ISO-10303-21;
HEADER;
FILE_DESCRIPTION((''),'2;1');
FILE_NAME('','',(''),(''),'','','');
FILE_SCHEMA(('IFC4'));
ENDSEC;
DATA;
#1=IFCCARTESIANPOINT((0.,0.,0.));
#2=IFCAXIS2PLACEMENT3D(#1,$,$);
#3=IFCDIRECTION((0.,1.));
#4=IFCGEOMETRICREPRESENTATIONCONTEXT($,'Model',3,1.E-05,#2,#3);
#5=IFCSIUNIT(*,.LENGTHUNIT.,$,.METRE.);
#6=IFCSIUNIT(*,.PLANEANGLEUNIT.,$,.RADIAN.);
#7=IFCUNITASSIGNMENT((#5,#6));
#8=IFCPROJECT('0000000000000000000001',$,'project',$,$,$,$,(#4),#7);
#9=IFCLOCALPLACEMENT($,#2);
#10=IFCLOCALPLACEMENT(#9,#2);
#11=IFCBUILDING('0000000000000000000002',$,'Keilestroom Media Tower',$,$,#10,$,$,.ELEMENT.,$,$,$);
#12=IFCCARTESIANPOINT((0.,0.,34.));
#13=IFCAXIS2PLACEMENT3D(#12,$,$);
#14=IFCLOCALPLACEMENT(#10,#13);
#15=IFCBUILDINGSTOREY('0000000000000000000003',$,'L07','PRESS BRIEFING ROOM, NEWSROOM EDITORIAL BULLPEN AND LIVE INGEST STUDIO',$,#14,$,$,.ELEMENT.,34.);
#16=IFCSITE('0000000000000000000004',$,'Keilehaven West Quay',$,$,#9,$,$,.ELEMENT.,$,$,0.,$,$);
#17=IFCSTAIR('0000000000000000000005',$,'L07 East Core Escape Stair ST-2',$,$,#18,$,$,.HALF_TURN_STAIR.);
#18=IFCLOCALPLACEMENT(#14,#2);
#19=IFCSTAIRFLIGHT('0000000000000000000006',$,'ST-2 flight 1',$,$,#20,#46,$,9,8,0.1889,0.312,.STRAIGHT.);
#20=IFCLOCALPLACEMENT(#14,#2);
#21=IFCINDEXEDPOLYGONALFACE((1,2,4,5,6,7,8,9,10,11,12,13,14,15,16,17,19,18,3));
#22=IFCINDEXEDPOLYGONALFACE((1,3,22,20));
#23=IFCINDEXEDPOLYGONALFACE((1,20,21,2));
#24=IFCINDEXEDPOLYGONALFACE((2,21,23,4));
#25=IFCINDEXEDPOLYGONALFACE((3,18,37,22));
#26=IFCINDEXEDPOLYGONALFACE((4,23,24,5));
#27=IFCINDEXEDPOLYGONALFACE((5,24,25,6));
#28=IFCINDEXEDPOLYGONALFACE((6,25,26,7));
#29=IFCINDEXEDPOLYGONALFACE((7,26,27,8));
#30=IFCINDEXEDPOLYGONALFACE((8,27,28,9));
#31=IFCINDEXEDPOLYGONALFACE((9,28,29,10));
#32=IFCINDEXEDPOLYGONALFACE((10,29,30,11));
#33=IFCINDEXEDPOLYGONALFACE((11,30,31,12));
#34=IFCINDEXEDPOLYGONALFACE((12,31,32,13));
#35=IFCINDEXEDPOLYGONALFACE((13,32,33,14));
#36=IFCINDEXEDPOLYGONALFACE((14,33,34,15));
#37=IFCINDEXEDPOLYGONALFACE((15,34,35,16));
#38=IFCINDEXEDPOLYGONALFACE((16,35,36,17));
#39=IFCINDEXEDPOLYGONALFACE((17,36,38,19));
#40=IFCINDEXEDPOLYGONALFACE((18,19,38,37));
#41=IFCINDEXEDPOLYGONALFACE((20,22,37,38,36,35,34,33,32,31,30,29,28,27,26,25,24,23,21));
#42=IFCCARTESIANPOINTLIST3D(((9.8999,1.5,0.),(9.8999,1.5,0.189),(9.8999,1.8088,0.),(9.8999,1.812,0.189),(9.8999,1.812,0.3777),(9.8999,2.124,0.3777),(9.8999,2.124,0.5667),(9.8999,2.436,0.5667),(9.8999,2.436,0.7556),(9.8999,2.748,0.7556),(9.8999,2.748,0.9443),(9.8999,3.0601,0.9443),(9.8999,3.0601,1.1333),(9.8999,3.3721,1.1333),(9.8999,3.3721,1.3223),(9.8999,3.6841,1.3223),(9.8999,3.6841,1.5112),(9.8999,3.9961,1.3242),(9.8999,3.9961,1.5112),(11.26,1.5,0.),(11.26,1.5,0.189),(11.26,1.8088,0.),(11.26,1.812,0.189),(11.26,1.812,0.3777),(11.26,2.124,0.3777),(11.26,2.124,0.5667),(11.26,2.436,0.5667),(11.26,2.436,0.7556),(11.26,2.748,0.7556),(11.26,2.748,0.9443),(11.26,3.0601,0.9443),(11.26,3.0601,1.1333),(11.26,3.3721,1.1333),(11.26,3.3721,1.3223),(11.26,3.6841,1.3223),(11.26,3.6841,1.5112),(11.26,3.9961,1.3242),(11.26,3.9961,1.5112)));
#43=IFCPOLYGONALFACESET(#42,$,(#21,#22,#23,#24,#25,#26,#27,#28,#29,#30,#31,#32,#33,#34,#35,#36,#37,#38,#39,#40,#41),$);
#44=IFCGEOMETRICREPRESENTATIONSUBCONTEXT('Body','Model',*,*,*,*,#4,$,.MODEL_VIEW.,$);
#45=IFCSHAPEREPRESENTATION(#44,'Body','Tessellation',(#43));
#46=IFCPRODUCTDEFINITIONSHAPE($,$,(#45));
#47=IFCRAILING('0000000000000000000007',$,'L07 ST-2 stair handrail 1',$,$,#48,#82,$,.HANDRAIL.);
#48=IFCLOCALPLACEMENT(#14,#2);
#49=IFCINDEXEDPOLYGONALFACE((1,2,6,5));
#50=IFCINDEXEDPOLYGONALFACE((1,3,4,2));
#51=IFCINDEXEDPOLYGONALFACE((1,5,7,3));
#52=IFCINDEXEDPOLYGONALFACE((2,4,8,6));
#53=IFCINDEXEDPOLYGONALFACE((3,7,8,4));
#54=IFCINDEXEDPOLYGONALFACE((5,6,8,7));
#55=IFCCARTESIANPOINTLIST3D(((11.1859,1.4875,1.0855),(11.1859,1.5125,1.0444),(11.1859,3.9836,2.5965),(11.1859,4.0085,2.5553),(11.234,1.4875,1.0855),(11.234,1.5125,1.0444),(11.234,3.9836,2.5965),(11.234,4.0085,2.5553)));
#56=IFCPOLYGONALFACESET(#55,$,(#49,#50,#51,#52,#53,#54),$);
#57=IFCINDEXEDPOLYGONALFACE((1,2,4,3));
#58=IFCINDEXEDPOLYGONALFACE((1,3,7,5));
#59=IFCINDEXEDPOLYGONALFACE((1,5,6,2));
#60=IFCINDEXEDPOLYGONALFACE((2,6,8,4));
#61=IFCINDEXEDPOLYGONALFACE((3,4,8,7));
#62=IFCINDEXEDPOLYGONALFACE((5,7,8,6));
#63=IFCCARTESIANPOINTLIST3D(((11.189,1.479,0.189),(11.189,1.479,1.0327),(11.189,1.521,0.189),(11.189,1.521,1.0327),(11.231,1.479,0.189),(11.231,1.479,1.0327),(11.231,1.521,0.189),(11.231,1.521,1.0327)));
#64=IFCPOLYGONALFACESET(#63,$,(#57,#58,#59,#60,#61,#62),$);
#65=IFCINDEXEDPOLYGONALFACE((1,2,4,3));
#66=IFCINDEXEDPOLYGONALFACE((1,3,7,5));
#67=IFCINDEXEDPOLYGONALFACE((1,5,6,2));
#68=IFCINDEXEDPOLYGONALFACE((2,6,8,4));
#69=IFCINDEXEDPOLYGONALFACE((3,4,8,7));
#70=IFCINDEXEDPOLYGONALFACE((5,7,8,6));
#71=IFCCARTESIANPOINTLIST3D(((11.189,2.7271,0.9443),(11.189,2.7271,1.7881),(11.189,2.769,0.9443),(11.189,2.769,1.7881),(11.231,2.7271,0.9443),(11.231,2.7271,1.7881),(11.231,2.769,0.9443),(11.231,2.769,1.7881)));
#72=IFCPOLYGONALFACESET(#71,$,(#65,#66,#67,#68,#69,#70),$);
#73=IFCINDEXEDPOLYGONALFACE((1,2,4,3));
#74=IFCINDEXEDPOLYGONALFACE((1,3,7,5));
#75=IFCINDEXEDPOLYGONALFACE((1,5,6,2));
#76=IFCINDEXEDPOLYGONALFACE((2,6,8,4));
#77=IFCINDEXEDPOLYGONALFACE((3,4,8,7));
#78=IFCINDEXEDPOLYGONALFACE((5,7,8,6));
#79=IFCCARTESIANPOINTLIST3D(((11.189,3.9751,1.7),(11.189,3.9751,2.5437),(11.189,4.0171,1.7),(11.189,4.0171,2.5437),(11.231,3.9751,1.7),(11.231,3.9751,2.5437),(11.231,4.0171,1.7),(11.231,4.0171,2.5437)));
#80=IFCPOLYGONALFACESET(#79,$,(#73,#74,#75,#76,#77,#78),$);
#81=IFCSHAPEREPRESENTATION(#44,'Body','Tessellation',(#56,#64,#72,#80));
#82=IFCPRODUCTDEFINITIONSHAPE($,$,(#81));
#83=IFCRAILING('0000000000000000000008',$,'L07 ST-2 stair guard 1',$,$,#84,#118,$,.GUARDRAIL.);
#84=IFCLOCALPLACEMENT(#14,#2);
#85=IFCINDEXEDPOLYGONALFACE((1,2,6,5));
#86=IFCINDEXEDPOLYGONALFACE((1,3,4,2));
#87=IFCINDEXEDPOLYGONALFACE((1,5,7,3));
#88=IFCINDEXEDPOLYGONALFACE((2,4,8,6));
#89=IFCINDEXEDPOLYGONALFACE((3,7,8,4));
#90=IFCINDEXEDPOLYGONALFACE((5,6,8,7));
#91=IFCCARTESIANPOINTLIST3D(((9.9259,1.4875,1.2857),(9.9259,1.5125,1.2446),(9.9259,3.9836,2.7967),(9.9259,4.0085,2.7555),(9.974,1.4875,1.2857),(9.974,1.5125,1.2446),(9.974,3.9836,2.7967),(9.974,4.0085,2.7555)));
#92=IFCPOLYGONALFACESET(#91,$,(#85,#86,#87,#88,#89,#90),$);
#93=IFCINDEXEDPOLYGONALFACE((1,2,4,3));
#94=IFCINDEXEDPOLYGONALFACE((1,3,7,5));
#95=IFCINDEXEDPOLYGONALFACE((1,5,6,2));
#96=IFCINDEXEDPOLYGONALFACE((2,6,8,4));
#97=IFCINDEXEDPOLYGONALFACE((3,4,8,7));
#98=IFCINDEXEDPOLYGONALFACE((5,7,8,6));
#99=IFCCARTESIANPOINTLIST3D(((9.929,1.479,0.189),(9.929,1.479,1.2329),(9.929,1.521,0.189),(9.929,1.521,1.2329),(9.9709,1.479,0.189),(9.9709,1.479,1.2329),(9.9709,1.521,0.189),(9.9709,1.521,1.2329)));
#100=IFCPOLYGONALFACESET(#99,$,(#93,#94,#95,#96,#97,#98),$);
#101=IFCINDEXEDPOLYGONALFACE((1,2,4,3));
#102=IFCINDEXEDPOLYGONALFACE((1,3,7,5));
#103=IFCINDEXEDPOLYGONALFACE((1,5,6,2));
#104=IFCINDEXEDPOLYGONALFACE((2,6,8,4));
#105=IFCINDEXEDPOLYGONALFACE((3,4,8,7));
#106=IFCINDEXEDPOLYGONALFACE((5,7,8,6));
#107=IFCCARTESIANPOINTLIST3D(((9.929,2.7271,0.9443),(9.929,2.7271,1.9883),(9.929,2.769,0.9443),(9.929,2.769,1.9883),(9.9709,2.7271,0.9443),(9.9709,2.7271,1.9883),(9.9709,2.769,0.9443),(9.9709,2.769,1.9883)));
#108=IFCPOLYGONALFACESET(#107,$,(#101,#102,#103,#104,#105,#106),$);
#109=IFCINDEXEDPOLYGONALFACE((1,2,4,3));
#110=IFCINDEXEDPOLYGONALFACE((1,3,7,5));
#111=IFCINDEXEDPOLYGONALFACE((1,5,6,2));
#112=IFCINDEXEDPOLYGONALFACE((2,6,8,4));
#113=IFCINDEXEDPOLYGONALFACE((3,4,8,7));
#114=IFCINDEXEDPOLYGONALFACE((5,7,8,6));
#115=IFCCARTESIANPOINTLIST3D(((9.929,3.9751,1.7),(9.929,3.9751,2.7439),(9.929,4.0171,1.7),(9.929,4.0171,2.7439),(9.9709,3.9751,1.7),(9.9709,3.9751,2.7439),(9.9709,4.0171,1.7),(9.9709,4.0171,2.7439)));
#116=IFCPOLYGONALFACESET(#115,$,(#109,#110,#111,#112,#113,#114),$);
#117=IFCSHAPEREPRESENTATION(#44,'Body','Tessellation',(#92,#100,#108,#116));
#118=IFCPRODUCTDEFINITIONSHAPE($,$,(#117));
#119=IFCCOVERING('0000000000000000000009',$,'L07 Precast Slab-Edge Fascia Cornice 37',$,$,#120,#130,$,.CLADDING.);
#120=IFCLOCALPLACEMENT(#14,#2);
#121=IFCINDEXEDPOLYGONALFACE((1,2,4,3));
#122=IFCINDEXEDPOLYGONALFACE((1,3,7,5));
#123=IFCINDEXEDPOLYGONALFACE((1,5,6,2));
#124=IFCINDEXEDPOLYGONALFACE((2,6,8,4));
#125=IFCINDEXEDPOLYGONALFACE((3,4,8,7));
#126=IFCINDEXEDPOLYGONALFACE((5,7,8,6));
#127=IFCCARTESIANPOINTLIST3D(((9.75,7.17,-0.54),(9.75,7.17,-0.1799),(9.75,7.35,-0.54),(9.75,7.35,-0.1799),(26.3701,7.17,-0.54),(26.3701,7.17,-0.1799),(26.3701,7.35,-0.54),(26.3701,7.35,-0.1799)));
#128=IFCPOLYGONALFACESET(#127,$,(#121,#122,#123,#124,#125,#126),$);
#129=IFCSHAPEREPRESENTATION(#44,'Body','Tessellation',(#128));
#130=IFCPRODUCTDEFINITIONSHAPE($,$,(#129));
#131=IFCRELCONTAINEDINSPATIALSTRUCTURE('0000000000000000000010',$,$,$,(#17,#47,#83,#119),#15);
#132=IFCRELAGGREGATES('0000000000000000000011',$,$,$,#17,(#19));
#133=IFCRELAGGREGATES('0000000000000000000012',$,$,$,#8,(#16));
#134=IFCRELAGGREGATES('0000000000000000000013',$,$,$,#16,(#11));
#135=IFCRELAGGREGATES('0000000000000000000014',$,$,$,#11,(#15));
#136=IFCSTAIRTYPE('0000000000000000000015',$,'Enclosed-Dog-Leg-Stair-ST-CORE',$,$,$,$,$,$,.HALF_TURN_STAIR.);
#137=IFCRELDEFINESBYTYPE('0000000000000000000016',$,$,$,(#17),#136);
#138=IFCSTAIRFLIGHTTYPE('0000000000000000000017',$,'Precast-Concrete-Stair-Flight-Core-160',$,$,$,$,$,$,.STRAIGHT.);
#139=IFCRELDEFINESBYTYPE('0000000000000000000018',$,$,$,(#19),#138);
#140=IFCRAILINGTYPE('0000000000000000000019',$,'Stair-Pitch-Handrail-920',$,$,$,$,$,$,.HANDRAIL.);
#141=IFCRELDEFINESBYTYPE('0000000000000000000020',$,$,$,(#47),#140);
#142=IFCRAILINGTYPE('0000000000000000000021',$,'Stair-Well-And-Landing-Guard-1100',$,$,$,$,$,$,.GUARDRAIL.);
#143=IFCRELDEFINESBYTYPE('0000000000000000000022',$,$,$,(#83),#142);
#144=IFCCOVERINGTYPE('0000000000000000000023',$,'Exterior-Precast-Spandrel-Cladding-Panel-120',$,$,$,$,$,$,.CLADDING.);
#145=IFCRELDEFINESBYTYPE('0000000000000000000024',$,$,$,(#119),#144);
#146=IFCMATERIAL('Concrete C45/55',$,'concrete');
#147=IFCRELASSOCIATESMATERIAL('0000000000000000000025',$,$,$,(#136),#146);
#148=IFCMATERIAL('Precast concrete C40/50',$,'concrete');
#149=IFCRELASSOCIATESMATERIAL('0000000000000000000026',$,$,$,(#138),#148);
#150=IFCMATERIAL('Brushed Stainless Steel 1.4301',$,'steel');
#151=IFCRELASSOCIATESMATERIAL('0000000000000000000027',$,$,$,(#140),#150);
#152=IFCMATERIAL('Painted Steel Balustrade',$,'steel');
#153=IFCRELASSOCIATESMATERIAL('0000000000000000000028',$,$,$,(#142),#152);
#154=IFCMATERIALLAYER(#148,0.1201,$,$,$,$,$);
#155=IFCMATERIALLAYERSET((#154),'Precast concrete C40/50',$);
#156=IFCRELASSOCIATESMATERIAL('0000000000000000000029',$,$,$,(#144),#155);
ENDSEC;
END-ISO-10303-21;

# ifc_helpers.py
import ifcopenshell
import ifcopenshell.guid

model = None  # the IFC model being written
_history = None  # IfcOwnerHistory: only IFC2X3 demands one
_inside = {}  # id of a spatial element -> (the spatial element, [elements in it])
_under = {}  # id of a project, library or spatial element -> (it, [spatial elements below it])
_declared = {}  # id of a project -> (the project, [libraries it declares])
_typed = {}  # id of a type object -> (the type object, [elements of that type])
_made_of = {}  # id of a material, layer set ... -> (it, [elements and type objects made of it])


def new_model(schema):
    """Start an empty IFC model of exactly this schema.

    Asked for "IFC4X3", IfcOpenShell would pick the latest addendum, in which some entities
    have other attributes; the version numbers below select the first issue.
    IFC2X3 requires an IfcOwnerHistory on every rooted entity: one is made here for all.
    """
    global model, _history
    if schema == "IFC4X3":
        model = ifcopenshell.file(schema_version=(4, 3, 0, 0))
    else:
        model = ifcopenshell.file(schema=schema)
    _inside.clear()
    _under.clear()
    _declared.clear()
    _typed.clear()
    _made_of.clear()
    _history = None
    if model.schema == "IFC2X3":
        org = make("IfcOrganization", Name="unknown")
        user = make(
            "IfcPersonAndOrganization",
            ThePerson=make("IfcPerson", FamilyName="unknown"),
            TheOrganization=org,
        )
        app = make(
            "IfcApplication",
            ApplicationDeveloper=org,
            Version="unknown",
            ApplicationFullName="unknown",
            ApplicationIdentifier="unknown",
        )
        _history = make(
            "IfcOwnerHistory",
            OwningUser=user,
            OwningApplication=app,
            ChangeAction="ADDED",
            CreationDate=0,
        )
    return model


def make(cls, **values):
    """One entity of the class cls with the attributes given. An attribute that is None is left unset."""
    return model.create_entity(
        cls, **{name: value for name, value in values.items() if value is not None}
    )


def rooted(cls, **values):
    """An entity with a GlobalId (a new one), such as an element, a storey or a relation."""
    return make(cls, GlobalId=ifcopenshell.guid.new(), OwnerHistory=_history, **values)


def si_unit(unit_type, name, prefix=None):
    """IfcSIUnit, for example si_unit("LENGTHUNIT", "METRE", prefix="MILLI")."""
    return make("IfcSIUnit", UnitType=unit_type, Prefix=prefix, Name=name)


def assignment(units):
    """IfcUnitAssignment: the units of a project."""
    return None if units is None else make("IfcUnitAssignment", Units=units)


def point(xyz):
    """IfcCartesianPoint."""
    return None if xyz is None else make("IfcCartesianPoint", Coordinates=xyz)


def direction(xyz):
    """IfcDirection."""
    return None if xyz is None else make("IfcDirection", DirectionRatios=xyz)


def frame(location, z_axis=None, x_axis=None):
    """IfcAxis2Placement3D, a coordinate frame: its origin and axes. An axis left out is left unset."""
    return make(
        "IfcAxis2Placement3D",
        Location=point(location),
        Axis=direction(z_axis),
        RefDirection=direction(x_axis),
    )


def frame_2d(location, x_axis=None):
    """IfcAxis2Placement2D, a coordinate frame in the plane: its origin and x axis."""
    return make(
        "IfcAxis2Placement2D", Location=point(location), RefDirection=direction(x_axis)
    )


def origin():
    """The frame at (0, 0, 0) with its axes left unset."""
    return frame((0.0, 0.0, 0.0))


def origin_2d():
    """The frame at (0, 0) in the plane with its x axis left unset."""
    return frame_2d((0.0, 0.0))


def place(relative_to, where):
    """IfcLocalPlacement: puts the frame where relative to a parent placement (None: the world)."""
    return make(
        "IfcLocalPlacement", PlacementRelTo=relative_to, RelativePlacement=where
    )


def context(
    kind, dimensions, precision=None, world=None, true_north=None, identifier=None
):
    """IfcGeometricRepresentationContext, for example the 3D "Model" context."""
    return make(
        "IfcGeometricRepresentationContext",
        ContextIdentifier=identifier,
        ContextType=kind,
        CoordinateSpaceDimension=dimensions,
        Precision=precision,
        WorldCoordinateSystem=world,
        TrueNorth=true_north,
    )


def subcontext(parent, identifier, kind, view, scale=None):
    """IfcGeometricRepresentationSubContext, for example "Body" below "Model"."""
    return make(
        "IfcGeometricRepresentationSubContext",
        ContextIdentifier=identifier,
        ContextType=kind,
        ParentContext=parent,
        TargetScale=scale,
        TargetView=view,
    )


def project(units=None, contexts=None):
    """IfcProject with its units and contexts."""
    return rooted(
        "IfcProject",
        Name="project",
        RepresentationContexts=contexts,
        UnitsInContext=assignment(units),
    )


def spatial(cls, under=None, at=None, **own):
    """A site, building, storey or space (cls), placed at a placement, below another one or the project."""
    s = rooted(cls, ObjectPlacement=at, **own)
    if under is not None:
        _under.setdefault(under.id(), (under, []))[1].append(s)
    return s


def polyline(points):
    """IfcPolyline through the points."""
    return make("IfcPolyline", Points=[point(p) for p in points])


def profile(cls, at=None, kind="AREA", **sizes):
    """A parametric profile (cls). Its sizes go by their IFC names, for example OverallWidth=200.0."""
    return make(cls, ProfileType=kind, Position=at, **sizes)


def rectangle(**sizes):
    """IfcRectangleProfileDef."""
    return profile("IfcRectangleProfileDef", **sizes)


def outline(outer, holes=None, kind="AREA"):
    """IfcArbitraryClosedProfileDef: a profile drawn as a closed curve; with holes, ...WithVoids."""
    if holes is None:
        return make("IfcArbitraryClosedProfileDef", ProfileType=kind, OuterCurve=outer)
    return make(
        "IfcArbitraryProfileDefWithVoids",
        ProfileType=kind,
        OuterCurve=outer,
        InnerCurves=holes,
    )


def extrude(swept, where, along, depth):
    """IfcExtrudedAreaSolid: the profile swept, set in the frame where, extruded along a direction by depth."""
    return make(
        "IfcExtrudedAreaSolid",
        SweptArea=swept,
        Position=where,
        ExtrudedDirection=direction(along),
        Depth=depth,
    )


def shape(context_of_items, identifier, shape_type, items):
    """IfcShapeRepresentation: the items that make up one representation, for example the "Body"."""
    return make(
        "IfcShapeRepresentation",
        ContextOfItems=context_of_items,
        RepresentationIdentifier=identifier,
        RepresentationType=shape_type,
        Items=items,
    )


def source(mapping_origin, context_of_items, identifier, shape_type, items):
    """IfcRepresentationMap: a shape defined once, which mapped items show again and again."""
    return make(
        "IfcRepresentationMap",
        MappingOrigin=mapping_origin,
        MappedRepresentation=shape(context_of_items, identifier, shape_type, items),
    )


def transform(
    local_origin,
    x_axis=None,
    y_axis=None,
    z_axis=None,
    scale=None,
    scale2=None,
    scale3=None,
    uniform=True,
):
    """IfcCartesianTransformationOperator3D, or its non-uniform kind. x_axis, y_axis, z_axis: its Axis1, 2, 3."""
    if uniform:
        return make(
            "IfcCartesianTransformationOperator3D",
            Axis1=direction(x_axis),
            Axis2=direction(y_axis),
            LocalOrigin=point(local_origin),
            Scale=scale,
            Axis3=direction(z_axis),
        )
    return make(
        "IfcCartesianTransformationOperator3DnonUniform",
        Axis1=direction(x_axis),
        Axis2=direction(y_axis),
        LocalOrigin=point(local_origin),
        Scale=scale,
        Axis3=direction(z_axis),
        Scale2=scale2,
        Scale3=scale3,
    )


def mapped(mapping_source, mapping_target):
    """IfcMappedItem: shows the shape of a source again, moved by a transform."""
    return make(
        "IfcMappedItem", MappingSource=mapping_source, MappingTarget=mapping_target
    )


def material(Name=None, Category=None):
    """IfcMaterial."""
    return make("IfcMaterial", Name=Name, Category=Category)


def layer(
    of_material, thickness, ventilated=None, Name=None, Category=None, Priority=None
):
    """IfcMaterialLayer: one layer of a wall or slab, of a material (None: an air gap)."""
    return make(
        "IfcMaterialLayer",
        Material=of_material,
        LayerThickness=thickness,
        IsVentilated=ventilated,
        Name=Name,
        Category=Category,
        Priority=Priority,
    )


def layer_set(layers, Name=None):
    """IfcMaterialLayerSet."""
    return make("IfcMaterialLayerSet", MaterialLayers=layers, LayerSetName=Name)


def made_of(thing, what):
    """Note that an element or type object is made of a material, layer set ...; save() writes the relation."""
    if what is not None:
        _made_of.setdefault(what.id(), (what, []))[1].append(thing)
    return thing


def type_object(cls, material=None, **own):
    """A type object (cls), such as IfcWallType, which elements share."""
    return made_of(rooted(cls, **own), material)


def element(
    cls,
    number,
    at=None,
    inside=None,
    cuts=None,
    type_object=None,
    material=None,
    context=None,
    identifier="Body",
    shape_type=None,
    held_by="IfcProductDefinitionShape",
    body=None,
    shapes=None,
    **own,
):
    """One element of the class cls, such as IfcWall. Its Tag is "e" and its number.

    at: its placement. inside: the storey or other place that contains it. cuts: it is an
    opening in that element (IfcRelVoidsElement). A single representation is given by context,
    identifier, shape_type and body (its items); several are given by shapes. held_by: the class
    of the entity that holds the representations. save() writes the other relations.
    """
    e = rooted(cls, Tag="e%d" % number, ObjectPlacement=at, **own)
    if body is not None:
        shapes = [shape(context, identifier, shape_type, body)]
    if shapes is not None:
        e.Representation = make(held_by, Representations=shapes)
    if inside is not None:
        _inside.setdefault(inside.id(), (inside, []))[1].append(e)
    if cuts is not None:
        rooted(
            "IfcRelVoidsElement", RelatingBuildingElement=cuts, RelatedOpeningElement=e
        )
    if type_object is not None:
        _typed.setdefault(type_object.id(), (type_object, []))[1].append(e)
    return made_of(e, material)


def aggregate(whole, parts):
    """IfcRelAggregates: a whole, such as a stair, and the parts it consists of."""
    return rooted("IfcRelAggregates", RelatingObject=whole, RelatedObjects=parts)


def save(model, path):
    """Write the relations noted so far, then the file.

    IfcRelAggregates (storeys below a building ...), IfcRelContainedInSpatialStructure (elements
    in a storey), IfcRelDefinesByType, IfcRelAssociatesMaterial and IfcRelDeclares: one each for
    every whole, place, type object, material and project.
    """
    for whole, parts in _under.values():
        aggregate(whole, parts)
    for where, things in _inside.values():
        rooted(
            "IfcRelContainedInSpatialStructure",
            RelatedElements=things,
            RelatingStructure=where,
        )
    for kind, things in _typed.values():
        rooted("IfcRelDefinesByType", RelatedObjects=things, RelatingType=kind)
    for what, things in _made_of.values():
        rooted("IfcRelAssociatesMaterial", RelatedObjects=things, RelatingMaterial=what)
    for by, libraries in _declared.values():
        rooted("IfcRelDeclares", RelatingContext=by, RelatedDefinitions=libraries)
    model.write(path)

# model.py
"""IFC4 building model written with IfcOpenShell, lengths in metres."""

from ifc_helpers import new_model, si_unit, direction, frame, origin, origin_2d, place, context, subcontext, project, spatial, polyline, rectangle, outline, extrude, source, transform, mapped, material, layer, layer_set, type_object, element, aggregate, save


model = new_model("IFC4")

# Units and contexts
model_context = context("Model", 3, precision=1e-05, world=origin(), true_north=direction((0.0, 1.0)))
body_context = subcontext(model_context, "Body", "Model", "MODEL_VIEW")
ifc_project = project(units=[si_unit("LENGTHUNIT", "METRE"), si_unit("PLANEANGLEUNIT", "RADIAN")], contexts=[model_context])

# Site, building, storey
site_placement = place(None, origin())
site = spatial("IfcSite", under=ifc_project, at=site_placement, Name="Keilehaven West Quay", CompositionType="ELEMENT", RefElevation=0.0)
building_placement = place(site_placement, origin())
building = spatial("IfcBuilding", under=site, at=building_placement, Name="Keilestroom Media Tower", CompositionType="ELEMENT")
storey_placement = place(building_placement, frame((0.0, 0.0, 34.0)))
storey = spatial("IfcBuildingStorey", under=building, at=storey_placement, Name="L07", Description="PRESS BRIEFING ROOM, NEWSROOM EDITORIAL BULLPEN AND LIVE INGEST STUDIO", CompositionType="ELEMENT", Elevation=34.0)

# Shared definitions
ifc_material_1 = material(Name="Precast concrete C40/50", Category="concrete")

# Stair, stair flight
ifc_material_2 = material(Name="Concrete C45/55", Category="concrete")
stair_type = type_object("IfcStairType", Name="Enclosed-Dog-Leg-Stair-ST-CORE", PredefinedType="HALF_TURN_STAIR", material=ifc_material_2)
stair_placement = place(storey_placement, origin())
stair = element("IfcStair", 1, at=stair_placement, inside=storey, type_object=stair_type, Name="L07 East Core Escape Stair ST-2", PredefinedType="HALF_TURN_STAIR")
stair_flight_type = type_object("IfcStairFlightType", Name="Precast-Concrete-Stair-Flight-Core-160", PredefinedType="STRAIGHT", material=ifc_material_1)
stair_flight_placement = place(storey_placement, frame((10.5801, 1.5, 0.0), z_axis=(0.0, 0.0, 1.0), x_axis=(0.0, 1.0, 0.0)))
stair_flight = element("IfcStairFlight", 2, at=stair_flight_placement, type_object=stair_flight_type, Name="ST-2 flight 1", NumberOfRisers=9, NumberOfTreads=8, PredefinedType="STRAIGHT", RiserHeight=0.1889, TreadLength=0.312, context=body_context, shape_type="SweptSolid", body=[
    extrude(outline(polyline([(0.0, 0.0), (0.0, 0.189), (0.312, 0.189), (0.312, 0.3777), (0.624, 0.3777), (0.624, 0.5667), (0.936, 0.5667), (0.936, 0.7556), (1.248, 0.7556), (1.248, 0.9443), (1.5601, 0.9443), (1.5601, 1.1333), (1.8721, 1.1333), (1.8721, 1.3223), (2.1841, 1.3223), (2.1841, 1.5112), (2.4961, 1.5112), (2.4961, 1.7), (2.4961, 1.3242), (0.3088, 0.0), (0.0, 0.0)])), frame((0.0, 0.6802, 0.0), z_axis=(0.0, -1.0, 0.0), x_axis=(1.0, 0.0, 0.0)), (0.0, 0.0, 1.0), 1.3601),
])
aggregate(stair, [stair_flight])

# Railings
ifc_material_3 = material(Name="Brushed Stainless Steel 1.4301", Category="steel")
railing_type_1 = type_object("IfcRailingType", Name="Stair-Pitch-Handrail-920", PredefinedType="HANDRAIL", material=ifc_material_3)
railing_1_placement = place(storey_placement, frame((11.21, 1.5, 0.189)))
element("IfcRailing", 3, at=railing_1_placement, inside=storey, type_object=railing_type_1, Name="L07 ST-2 stair handrail 1", PredefinedType="HANDRAIL", context=body_context, shape_type="SweptSolid", body=[
    extrude(rectangle(XDim=0.0481, YDim=0.0481, at=origin_2d()), frame((0.0, 0.0, 0.876), z_axis=(0.0, 0.855471, 0.517851), x_axis=(-1.0, 0.0, 0.0)), (0.0, 0.0, 1.0), 2.9177),
    extrude(rectangle(XDim=0.042, YDim=0.042, at=origin_2d()), origin(), (0.0, 0.0, 1.0), 0.8438),
    extrude(rectangle(XDim=0.042, YDim=0.042, at=origin_2d()), frame((0.0, 1.248, 0.7554)), (0.0, 0.0, 1.0), 0.8438),
    extrude(rectangle(XDim=0.042, YDim=0.042, at=origin_2d()), frame((0.0, 2.4961, 1.511)), (0.0, 0.0, 1.0), 0.8438),
])
ifc_material_4 = material(Name="Painted Steel Balustrade", Category="steel")
railing_type_2 = type_object("IfcRailingType", Name="Stair-Well-And-Landing-Guard-1100", PredefinedType="GUARDRAIL", material=ifc_material_4)
railing_2_placement = place(storey_placement, frame((9.95, 1.5, 0.189)))
element("IfcRailing", 4, at=railing_2_placement, inside=storey, type_object=railing_type_2, Name="L07 ST-2 stair guard 1", PredefinedType="GUARDRAIL", context=body_context, shape_type="SweptSolid", body=[
    extrude(rectangle(XDim=0.0481, YDim=0.0481, at=origin_2d()), frame((0.0, 0.0, 1.0762), z_axis=(0.0, 0.855471, 0.517851), x_axis=(-1.0, 0.0, 0.0)), (0.0, 0.0, 1.0), 2.9177),
    extrude(rectangle(XDim=0.042, YDim=0.042, at=origin_2d()), origin(), (0.0, 0.0, 1.0), 1.0439),
    extrude(rectangle(XDim=0.042, YDim=0.042, at=origin_2d()), frame((0.0, 1.248, 0.7554)), (0.0, 0.0, 1.0), 1.0439),
    extrude(rectangle(XDim=0.042, YDim=0.042, at=origin_2d()), frame((0.0, 2.4961, 1.511)), (0.0, 0.0, 1.0), 1.0439),
])

# Covering
ifc_layer_1 = layer(ifc_material_1, 0.1201)
ifc_layer_set_1 = layer_set([ifc_layer_1], Name="Precast concrete C40/50")
covering_type = type_object("IfcCoveringType", Name="Exterior-Precast-Spandrel-Cladding-Panel-120", PredefinedType="CLADDING", material=ifc_layer_set_1)
shared_shape_1 = source(origin(), body_context, "Body", "SweptSolid", [
    extrude(rectangle(XDim=16.6201, YDim=0.1799, at=origin_2d()), origin(), (0.0, 0.0, 1.0), 0.3601),
])
covering_placement = place(storey_placement, frame((18.0601, 7.26, -0.54), z_axis=(0.0, 0.0, 1.0), x_axis=(1.0, 0.0, 0.0)))
element("IfcCovering", 5, at=covering_placement, inside=storey, type_object=covering_type, Name="L07 Precast Slab-Edge Fascia Cornice 37", PredefinedType="CLADDING", context=body_context, shape_type="MappedRepresentation", body=[
    mapped(shared_shape_1, transform((0.0, 0.0, 0.0), x_axis=(1.0, 0.0, 0.0), y_axis=(0.0, 1.0, 0.0), z_axis=(0.0, 0.0, 1.0), scale=1.0)),
])

save(model, "model.ifc")
